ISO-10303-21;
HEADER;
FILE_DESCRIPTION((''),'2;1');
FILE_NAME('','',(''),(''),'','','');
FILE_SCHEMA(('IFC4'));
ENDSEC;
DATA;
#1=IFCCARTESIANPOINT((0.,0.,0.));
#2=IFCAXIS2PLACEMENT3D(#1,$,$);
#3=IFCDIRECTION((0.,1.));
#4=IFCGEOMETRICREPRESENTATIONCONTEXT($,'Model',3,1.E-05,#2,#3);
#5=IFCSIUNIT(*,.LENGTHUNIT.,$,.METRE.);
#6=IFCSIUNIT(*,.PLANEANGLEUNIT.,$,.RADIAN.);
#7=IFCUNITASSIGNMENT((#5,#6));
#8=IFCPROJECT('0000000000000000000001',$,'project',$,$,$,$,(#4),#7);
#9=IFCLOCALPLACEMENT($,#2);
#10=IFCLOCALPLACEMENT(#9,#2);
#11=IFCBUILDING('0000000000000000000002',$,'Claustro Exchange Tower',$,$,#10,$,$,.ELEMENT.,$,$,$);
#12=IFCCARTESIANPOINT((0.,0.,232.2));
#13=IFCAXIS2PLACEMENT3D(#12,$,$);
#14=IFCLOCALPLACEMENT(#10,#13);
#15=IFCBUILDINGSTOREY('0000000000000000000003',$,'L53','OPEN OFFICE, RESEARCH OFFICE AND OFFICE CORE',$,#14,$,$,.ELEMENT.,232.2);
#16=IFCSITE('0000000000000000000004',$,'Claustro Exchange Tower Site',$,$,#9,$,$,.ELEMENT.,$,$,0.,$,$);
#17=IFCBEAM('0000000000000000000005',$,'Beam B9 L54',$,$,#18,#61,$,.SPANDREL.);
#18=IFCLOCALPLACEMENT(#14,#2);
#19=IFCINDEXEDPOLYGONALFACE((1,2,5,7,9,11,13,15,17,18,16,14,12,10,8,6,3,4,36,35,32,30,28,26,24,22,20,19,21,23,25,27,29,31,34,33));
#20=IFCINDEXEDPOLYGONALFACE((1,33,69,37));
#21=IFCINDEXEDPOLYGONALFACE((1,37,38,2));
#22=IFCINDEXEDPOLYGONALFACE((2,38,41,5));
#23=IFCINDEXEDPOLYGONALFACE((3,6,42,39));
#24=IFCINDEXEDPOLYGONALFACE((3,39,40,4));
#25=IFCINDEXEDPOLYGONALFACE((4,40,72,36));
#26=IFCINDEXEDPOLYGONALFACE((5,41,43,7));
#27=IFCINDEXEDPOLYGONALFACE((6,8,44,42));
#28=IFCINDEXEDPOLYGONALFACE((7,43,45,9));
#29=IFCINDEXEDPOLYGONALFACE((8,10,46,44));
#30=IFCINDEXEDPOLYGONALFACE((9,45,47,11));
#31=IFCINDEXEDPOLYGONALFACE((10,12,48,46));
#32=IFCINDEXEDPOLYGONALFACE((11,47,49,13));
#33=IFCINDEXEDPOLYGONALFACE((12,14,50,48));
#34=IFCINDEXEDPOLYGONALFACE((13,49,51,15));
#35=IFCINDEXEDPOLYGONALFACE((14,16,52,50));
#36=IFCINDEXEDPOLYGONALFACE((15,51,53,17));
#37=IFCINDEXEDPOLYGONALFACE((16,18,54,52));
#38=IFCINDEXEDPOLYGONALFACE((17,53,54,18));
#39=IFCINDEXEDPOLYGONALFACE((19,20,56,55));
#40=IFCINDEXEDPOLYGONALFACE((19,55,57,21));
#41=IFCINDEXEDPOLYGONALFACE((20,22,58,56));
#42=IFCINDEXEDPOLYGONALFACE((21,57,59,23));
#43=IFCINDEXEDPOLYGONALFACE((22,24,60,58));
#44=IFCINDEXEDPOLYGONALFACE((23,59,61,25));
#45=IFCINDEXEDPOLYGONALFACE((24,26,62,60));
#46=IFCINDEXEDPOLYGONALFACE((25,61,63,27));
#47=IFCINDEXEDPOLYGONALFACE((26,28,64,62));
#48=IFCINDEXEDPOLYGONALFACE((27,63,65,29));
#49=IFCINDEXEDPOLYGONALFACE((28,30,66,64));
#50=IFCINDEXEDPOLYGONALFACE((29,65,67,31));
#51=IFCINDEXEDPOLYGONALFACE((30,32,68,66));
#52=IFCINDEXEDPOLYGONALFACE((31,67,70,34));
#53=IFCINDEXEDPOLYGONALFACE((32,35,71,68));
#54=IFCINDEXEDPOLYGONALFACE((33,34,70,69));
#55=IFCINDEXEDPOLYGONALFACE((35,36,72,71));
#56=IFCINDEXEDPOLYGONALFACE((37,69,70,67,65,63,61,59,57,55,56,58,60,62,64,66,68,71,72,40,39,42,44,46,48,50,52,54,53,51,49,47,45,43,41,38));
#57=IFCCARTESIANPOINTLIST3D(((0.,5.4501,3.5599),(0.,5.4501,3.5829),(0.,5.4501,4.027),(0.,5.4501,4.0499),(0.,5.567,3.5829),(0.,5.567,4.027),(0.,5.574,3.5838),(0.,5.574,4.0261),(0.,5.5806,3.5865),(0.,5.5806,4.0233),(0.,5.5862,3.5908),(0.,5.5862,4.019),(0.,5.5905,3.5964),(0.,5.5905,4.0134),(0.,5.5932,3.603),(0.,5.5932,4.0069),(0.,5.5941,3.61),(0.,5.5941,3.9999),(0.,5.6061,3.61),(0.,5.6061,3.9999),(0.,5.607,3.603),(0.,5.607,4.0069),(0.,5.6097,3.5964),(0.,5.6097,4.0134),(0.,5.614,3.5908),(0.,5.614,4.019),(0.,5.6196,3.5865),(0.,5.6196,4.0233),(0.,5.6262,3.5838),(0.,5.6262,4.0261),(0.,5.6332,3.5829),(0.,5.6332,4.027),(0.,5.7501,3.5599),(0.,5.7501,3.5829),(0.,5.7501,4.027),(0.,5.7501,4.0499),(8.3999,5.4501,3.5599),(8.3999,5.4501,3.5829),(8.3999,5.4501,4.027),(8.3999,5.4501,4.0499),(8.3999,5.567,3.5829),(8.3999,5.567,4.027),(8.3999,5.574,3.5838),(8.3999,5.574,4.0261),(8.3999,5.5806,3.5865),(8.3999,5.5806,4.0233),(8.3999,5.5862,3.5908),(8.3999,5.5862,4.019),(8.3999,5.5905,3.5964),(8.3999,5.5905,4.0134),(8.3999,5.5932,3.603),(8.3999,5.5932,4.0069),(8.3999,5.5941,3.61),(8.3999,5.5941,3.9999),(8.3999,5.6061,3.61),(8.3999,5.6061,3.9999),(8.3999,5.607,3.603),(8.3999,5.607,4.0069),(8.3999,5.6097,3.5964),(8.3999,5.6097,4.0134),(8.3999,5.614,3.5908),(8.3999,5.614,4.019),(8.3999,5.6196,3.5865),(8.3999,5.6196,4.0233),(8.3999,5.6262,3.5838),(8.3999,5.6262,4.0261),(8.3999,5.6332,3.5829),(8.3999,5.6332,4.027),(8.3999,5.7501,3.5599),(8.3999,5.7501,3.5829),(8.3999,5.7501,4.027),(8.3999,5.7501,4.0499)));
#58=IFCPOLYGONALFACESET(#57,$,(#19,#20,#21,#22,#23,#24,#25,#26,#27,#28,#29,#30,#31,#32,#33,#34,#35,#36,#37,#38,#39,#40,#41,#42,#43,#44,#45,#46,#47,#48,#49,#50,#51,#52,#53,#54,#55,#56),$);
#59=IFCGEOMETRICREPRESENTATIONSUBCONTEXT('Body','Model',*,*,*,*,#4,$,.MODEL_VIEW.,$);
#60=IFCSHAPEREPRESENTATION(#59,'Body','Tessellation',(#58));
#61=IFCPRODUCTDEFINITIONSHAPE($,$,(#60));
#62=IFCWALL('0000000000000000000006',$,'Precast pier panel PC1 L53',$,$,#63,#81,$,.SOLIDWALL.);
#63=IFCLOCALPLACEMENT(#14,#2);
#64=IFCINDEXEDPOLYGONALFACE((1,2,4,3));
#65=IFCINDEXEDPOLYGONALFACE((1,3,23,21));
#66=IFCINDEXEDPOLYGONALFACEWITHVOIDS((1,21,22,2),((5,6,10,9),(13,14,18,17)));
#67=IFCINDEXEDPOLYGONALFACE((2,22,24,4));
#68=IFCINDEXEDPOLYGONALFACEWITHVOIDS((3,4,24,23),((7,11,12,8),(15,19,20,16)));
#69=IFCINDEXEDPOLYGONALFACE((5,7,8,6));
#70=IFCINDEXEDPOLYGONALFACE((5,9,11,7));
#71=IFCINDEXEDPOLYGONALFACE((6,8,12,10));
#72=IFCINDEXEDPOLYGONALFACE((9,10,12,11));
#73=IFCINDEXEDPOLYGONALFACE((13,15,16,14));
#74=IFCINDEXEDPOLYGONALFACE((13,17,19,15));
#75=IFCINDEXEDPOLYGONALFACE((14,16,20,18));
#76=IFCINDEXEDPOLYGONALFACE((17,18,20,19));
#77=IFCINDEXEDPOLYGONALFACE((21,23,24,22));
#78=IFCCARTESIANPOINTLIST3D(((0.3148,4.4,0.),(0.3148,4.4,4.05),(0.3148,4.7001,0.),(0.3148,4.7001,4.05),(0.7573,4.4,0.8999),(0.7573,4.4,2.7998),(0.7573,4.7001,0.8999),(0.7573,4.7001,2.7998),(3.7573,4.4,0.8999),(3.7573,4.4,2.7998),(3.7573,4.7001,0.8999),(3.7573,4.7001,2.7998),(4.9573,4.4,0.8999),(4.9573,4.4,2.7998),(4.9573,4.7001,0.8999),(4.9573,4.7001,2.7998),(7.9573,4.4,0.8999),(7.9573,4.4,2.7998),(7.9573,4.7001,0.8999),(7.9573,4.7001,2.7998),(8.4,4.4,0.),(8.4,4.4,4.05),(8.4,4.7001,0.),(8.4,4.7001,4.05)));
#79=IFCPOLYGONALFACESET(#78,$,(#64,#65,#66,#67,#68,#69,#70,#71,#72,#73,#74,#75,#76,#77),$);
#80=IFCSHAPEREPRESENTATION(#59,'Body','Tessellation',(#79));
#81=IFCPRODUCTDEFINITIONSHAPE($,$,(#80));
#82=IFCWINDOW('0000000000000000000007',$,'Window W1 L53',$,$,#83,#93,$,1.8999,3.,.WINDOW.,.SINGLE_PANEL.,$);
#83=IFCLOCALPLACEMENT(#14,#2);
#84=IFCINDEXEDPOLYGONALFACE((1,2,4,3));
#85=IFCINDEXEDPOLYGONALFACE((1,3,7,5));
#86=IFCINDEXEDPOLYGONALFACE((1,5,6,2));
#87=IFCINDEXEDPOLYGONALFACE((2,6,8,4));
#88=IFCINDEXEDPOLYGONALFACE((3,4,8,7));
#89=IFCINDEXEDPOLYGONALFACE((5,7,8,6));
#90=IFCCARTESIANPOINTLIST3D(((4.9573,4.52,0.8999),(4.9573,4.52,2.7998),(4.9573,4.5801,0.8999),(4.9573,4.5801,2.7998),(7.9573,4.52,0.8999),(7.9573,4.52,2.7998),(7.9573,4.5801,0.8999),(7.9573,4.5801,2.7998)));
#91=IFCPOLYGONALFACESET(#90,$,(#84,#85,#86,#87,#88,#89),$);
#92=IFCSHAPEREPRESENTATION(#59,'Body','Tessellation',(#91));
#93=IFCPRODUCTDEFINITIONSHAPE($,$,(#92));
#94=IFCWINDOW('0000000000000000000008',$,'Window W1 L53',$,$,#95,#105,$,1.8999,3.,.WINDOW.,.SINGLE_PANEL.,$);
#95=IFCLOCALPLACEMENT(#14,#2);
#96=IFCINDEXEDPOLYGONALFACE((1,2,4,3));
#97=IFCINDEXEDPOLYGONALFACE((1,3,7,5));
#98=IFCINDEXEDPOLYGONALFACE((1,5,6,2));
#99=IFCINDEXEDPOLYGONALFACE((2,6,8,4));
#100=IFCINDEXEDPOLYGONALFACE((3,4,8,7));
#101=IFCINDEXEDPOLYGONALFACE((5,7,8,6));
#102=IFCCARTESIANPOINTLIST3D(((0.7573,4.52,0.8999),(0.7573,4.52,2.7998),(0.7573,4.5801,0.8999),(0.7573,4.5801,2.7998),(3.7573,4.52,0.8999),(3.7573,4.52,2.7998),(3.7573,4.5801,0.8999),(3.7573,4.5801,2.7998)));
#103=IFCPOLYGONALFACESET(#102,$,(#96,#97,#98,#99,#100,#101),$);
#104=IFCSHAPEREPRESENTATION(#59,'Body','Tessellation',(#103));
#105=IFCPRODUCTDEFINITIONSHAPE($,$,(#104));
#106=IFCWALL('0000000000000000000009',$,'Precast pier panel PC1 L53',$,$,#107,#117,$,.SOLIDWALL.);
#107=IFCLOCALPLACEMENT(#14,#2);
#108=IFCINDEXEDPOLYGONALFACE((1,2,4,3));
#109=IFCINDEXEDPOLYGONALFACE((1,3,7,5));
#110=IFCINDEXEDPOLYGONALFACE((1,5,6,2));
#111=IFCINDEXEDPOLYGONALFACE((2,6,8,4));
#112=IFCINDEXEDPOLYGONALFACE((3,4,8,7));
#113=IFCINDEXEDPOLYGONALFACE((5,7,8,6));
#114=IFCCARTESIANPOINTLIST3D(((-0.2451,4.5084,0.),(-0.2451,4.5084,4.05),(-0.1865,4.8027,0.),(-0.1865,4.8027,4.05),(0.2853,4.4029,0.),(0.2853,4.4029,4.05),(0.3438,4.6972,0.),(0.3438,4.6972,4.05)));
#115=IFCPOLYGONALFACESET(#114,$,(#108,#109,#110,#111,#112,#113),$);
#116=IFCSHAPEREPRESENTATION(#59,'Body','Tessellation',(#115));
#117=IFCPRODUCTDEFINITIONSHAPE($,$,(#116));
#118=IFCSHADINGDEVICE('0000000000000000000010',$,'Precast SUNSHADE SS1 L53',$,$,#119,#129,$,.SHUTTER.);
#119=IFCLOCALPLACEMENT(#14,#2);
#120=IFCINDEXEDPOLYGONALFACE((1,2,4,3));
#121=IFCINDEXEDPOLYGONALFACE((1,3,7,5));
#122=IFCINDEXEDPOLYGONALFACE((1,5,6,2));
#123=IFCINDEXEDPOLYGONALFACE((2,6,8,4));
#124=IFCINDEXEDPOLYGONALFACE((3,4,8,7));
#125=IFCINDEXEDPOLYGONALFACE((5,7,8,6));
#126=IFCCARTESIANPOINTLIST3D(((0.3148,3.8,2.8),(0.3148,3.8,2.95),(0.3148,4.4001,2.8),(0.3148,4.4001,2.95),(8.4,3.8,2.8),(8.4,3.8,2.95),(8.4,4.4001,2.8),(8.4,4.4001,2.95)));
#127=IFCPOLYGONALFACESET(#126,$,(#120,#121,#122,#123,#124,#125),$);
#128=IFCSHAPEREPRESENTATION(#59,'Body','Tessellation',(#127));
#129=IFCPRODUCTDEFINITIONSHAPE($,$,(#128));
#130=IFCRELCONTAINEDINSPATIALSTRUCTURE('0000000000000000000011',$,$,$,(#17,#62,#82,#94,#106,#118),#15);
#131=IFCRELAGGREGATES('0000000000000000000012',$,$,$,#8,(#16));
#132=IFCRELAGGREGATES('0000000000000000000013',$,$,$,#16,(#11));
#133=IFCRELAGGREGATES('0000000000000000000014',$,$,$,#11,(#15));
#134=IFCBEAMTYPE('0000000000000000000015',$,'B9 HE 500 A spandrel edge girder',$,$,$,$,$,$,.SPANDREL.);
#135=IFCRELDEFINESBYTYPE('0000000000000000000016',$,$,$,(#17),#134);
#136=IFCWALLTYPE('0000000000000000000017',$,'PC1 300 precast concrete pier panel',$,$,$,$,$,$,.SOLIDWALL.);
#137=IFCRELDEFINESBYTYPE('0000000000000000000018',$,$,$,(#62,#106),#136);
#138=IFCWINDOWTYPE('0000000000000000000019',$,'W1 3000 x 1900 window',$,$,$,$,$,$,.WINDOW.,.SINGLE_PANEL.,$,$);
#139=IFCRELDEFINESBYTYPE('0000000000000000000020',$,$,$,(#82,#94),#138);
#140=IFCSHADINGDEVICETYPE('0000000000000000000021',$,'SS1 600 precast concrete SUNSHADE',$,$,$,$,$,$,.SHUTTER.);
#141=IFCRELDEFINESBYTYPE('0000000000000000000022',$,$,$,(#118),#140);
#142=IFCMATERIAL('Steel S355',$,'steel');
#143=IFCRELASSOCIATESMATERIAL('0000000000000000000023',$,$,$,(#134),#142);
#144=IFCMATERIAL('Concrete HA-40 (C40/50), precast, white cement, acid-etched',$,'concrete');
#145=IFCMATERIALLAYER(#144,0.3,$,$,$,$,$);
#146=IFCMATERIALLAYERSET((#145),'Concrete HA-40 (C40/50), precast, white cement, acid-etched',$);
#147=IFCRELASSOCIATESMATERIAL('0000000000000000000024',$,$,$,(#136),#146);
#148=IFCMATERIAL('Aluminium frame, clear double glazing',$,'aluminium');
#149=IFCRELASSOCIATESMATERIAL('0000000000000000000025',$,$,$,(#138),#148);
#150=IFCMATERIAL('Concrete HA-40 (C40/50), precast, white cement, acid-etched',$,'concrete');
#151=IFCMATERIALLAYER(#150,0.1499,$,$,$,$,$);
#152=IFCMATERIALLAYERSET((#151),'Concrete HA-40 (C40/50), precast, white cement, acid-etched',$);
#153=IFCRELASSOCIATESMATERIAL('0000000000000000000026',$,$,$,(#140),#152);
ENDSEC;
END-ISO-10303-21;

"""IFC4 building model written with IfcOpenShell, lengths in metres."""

from ifc_helpers import new_model, si_unit, direction, frame, frame_2d, origin, origin_2d, place, context, subcontext, project, spatial, rectangle, i_section, extrude, material, layer, layer_set, material_profile, profile_set, type_object, element, fill, save


model = new_model("IFC4")

# Units and contexts
model_context = context("Model", 3, precision=1e-05, world=origin(), true_north=direction((0.0, 1.0)))
body_context = subcontext(model_context, "Body", "Model", "MODEL_VIEW")
ifc_project = project(units=[si_unit("LENGTHUNIT", "METRE"), si_unit("PLANEANGLEUNIT", "RADIAN")], contexts=[model_context])

# Site, building, storey
site_placement = place(None, origin())
site = spatial("IfcSite", under=ifc_project, at=site_placement, Name="Claustro Exchange Tower Site", CompositionType="ELEMENT", RefElevation=0.0)
building_placement = place(site_placement, origin())
building = spatial("IfcBuilding", under=site, at=building_placement, Name="Claustro Exchange Tower", CompositionType="ELEMENT")
storey_placement = place(building_placement, frame((0.0, 0.0, 232.2)))
storey = spatial("IfcBuildingStorey", under=building, at=storey_placement, Name="L53", Description="OPEN OFFICE, RESEARCH OFFICE AND OFFICE CORE", CompositionType="ELEMENT", Elevation=232.2)

# Beam
ifc_material_1 = material(Name="Steel S355", Category="steel")
ifc_material_profile_1 = material_profile(ifc_material_1, i_section(OverallWidth=0.3, OverallDepth=0.49, WebThickness=0.012, FlangeThickness=0.0229, FilletRadius=0.0271, at=origin_2d()), Name="HE 500 A")
ifc_profile_set_1 = profile_set([ifc_material_profile_1], Name="Steel S355")
beam_type_1 = type_object("IfcBeamType", Name="B9 HE 500 A spandrel edge girder", PredefinedType="SPANDREL", material=ifc_profile_set_1)
beam_1_placement = place(storey_placement, frame((0.0, 5.6001, 3.8049), z_axis=(1.0, 0.0, 0.0), x_axis=(0.0, 1.0, 0.0)))
element("IfcBeam", 1, at=beam_1_placement, inside=storey, type_object=beam_type_1, Name="Beam B9 L54", PredefinedType="SPANDREL", context=body_context, shape_type="SweptSolid", body=[
    extrude(i_section(OverallWidth=0.3, OverallDepth=0.49, WebThickness=0.012, FlangeThickness=0.0229, FilletRadius=0.0271, at=origin_2d()), origin(), (0.0, 0.0, 1.0), 8.3999),
])

# Wall, openings, windows
ifc_material_2 = material(Name="Concrete HA-40 (C40/50), precast, white cement, acid-etched", Category="concrete")
ifc_layer_1 = layer(ifc_material_2, 0.3)
ifc_layer_set_1 = layer_set([ifc_layer_1], Name="Concrete HA-40 (C40/50), precast, white cement, acid-etched")
wall_type = type_object("IfcWallType", Name="PC1 300 precast concrete pier panel", PredefinedType="SOLIDWALL", material=ifc_layer_set_1)
wall_1_placement = place(storey_placement, frame((8.3999, 4.55, 0.0), z_axis=(0.0, 0.0, 1.0), x_axis=(-1.0, 0.0, 0.0)))
wall_1 = element("IfcWall", 2, at=wall_1_placement, inside=storey, type_object=wall_type, Name="Precast pier panel PC1 L53", PredefinedType="SOLIDWALL", context=body_context, shape_type="SweptSolid", body=[
    extrude(rectangle(XDim=8.0852, YDim=0.3, at=frame_2d((4.0425, 0.0))), origin(), (0.0, 0.0, 1.0), 4.05),
])
opening_1_placement = place(wall_1_placement, frame((0.4426, 0.0, 0.8999)))
opening_1 = element("IfcOpeningElement", 3, at=opening_1_placement, cuts=wall_1, PredefinedType="OPENING", context=body_context, shape_type="SweptSolid", body=[
    extrude(rectangle(XDim=3.0, YDim=1.8999, at=frame_2d((1.5, 0.95))), frame((0.0, 0.1599, 0.0), z_axis=(0.0, -1.0, 0.0), x_axis=(1.0, 0.0, 0.0)), (0.0, 0.0, 1.0), 0.3201),
])
opening_2_placement = place(wall_1_placement, frame((4.6426, 0.0, 0.8999)))
opening_2 = element("IfcOpeningElement", 4, at=opening_2_placement, cuts=wall_1, PredefinedType="OPENING", context=body_context, shape_type="SweptSolid", body=[
    extrude(rectangle(XDim=3.0, YDim=1.8999, at=frame_2d((1.5, 0.95))), frame((0.0, 0.1599, 0.0), z_axis=(0.0, -1.0, 0.0), x_axis=(1.0, 0.0, 0.0)), (0.0, 0.0, 1.0), 0.3201),
])
ifc_material_3 = material(Name="Aluminium frame, clear double glazing", Category="aluminium")
window_type = type_object("IfcWindowType", Name="W1 3000 x 1900 window", PartitioningType="SINGLE_PANEL", PredefinedType="WINDOW", material=ifc_material_3)
window_1_placement = place(opening_1_placement, origin())
window_1 = element("IfcWindow", 5, at=window_1_placement, inside=storey, type_object=window_type, Name="Window W1 L53", OverallHeight=1.8999, OverallWidth=3.0, PartitioningType="SINGLE_PANEL", PredefinedType="WINDOW", context=body_context, shape_type="SweptSolid", body=[
    extrude(rectangle(XDim=3.0, YDim=1.8999, at=frame_2d((1.5, 0.95))), frame((0.0, 0.03, 0.0), z_axis=(0.0, -1.0, 0.0), x_axis=(1.0, 0.0, 0.0)), (0.0, 0.0, 1.0), 0.0601),
])
fill(opening_1, window_1)
window_2_placement = place(opening_2_placement, origin())
window_2 = element("IfcWindow", 6, at=window_2_placement, inside=storey, type_object=window_type, Name="Window W1 L53", OverallHeight=1.8999, OverallWidth=3.0, PartitioningType="SINGLE_PANEL", PredefinedType="WINDOW", context=body_context, shape_type="SweptSolid", body=[
    extrude(rectangle(XDim=3.0, YDim=1.8999, at=frame_2d((1.5, 0.95))), frame((0.0, 0.03, 0.0), z_axis=(0.0, -1.0, 0.0), x_axis=(1.0, 0.0, 0.0)), (0.0, 0.0, 1.0), 0.0601),
])
fill(opening_2, window_2)

# Wall
wall_2_placement = place(storey_placement, frame((0.3147, 4.55, 0.0), z_axis=(0.0, 0.0, 1.0), x_axis=(-0.980789, 0.195074, 0.0)))
element("IfcWall", 7, at=wall_2_placement, inside=storey, type_object=wall_type, Name="Precast pier panel PC1 L53", PredefinedType="SOLIDWALL", context=body_context, shape_type="SweptSolid", body=[
    extrude(rectangle(XDim=0.5408, YDim=0.3, at=frame_2d((0.2705, 0.0))), origin(), (0.0, 0.0, 1.0), 4.05),
])

# Shading device
ifc_material_4 = material(Name="Concrete HA-40 (C40/50), precast, white cement, acid-etched", Category="concrete")
ifc_layer_2 = layer(ifc_material_4, 0.1499)
ifc_layer_set_2 = layer_set([ifc_layer_2], Name="Concrete HA-40 (C40/50), precast, white cement, acid-etched")
shading_device_type = type_object("IfcShadingDeviceType", Name="SS1 600 precast concrete SUNSHADE", PredefinedType="SHUTTER", material=ifc_layer_set_2)
shading_device_placement = place(storey_placement, frame((4.3574, 4.1001, 2.8), z_axis=(0.0, 0.0, 1.0), x_axis=(-1.0, 0.0, 0.0)))
element("IfcShadingDevice", 8, at=shading_device_placement, inside=storey, type_object=shading_device_type, Name="Precast SUNSHADE SS1 L53", PredefinedType="SHUTTER", context=body_context, shape_type="SweptSolid", body=[
    extrude(rectangle(XDim=8.0852, YDim=0.6001, at=origin_2d()), origin(), (0.0, 0.0, 1.0), 0.1499),
])

save(model, "model.ifc")
